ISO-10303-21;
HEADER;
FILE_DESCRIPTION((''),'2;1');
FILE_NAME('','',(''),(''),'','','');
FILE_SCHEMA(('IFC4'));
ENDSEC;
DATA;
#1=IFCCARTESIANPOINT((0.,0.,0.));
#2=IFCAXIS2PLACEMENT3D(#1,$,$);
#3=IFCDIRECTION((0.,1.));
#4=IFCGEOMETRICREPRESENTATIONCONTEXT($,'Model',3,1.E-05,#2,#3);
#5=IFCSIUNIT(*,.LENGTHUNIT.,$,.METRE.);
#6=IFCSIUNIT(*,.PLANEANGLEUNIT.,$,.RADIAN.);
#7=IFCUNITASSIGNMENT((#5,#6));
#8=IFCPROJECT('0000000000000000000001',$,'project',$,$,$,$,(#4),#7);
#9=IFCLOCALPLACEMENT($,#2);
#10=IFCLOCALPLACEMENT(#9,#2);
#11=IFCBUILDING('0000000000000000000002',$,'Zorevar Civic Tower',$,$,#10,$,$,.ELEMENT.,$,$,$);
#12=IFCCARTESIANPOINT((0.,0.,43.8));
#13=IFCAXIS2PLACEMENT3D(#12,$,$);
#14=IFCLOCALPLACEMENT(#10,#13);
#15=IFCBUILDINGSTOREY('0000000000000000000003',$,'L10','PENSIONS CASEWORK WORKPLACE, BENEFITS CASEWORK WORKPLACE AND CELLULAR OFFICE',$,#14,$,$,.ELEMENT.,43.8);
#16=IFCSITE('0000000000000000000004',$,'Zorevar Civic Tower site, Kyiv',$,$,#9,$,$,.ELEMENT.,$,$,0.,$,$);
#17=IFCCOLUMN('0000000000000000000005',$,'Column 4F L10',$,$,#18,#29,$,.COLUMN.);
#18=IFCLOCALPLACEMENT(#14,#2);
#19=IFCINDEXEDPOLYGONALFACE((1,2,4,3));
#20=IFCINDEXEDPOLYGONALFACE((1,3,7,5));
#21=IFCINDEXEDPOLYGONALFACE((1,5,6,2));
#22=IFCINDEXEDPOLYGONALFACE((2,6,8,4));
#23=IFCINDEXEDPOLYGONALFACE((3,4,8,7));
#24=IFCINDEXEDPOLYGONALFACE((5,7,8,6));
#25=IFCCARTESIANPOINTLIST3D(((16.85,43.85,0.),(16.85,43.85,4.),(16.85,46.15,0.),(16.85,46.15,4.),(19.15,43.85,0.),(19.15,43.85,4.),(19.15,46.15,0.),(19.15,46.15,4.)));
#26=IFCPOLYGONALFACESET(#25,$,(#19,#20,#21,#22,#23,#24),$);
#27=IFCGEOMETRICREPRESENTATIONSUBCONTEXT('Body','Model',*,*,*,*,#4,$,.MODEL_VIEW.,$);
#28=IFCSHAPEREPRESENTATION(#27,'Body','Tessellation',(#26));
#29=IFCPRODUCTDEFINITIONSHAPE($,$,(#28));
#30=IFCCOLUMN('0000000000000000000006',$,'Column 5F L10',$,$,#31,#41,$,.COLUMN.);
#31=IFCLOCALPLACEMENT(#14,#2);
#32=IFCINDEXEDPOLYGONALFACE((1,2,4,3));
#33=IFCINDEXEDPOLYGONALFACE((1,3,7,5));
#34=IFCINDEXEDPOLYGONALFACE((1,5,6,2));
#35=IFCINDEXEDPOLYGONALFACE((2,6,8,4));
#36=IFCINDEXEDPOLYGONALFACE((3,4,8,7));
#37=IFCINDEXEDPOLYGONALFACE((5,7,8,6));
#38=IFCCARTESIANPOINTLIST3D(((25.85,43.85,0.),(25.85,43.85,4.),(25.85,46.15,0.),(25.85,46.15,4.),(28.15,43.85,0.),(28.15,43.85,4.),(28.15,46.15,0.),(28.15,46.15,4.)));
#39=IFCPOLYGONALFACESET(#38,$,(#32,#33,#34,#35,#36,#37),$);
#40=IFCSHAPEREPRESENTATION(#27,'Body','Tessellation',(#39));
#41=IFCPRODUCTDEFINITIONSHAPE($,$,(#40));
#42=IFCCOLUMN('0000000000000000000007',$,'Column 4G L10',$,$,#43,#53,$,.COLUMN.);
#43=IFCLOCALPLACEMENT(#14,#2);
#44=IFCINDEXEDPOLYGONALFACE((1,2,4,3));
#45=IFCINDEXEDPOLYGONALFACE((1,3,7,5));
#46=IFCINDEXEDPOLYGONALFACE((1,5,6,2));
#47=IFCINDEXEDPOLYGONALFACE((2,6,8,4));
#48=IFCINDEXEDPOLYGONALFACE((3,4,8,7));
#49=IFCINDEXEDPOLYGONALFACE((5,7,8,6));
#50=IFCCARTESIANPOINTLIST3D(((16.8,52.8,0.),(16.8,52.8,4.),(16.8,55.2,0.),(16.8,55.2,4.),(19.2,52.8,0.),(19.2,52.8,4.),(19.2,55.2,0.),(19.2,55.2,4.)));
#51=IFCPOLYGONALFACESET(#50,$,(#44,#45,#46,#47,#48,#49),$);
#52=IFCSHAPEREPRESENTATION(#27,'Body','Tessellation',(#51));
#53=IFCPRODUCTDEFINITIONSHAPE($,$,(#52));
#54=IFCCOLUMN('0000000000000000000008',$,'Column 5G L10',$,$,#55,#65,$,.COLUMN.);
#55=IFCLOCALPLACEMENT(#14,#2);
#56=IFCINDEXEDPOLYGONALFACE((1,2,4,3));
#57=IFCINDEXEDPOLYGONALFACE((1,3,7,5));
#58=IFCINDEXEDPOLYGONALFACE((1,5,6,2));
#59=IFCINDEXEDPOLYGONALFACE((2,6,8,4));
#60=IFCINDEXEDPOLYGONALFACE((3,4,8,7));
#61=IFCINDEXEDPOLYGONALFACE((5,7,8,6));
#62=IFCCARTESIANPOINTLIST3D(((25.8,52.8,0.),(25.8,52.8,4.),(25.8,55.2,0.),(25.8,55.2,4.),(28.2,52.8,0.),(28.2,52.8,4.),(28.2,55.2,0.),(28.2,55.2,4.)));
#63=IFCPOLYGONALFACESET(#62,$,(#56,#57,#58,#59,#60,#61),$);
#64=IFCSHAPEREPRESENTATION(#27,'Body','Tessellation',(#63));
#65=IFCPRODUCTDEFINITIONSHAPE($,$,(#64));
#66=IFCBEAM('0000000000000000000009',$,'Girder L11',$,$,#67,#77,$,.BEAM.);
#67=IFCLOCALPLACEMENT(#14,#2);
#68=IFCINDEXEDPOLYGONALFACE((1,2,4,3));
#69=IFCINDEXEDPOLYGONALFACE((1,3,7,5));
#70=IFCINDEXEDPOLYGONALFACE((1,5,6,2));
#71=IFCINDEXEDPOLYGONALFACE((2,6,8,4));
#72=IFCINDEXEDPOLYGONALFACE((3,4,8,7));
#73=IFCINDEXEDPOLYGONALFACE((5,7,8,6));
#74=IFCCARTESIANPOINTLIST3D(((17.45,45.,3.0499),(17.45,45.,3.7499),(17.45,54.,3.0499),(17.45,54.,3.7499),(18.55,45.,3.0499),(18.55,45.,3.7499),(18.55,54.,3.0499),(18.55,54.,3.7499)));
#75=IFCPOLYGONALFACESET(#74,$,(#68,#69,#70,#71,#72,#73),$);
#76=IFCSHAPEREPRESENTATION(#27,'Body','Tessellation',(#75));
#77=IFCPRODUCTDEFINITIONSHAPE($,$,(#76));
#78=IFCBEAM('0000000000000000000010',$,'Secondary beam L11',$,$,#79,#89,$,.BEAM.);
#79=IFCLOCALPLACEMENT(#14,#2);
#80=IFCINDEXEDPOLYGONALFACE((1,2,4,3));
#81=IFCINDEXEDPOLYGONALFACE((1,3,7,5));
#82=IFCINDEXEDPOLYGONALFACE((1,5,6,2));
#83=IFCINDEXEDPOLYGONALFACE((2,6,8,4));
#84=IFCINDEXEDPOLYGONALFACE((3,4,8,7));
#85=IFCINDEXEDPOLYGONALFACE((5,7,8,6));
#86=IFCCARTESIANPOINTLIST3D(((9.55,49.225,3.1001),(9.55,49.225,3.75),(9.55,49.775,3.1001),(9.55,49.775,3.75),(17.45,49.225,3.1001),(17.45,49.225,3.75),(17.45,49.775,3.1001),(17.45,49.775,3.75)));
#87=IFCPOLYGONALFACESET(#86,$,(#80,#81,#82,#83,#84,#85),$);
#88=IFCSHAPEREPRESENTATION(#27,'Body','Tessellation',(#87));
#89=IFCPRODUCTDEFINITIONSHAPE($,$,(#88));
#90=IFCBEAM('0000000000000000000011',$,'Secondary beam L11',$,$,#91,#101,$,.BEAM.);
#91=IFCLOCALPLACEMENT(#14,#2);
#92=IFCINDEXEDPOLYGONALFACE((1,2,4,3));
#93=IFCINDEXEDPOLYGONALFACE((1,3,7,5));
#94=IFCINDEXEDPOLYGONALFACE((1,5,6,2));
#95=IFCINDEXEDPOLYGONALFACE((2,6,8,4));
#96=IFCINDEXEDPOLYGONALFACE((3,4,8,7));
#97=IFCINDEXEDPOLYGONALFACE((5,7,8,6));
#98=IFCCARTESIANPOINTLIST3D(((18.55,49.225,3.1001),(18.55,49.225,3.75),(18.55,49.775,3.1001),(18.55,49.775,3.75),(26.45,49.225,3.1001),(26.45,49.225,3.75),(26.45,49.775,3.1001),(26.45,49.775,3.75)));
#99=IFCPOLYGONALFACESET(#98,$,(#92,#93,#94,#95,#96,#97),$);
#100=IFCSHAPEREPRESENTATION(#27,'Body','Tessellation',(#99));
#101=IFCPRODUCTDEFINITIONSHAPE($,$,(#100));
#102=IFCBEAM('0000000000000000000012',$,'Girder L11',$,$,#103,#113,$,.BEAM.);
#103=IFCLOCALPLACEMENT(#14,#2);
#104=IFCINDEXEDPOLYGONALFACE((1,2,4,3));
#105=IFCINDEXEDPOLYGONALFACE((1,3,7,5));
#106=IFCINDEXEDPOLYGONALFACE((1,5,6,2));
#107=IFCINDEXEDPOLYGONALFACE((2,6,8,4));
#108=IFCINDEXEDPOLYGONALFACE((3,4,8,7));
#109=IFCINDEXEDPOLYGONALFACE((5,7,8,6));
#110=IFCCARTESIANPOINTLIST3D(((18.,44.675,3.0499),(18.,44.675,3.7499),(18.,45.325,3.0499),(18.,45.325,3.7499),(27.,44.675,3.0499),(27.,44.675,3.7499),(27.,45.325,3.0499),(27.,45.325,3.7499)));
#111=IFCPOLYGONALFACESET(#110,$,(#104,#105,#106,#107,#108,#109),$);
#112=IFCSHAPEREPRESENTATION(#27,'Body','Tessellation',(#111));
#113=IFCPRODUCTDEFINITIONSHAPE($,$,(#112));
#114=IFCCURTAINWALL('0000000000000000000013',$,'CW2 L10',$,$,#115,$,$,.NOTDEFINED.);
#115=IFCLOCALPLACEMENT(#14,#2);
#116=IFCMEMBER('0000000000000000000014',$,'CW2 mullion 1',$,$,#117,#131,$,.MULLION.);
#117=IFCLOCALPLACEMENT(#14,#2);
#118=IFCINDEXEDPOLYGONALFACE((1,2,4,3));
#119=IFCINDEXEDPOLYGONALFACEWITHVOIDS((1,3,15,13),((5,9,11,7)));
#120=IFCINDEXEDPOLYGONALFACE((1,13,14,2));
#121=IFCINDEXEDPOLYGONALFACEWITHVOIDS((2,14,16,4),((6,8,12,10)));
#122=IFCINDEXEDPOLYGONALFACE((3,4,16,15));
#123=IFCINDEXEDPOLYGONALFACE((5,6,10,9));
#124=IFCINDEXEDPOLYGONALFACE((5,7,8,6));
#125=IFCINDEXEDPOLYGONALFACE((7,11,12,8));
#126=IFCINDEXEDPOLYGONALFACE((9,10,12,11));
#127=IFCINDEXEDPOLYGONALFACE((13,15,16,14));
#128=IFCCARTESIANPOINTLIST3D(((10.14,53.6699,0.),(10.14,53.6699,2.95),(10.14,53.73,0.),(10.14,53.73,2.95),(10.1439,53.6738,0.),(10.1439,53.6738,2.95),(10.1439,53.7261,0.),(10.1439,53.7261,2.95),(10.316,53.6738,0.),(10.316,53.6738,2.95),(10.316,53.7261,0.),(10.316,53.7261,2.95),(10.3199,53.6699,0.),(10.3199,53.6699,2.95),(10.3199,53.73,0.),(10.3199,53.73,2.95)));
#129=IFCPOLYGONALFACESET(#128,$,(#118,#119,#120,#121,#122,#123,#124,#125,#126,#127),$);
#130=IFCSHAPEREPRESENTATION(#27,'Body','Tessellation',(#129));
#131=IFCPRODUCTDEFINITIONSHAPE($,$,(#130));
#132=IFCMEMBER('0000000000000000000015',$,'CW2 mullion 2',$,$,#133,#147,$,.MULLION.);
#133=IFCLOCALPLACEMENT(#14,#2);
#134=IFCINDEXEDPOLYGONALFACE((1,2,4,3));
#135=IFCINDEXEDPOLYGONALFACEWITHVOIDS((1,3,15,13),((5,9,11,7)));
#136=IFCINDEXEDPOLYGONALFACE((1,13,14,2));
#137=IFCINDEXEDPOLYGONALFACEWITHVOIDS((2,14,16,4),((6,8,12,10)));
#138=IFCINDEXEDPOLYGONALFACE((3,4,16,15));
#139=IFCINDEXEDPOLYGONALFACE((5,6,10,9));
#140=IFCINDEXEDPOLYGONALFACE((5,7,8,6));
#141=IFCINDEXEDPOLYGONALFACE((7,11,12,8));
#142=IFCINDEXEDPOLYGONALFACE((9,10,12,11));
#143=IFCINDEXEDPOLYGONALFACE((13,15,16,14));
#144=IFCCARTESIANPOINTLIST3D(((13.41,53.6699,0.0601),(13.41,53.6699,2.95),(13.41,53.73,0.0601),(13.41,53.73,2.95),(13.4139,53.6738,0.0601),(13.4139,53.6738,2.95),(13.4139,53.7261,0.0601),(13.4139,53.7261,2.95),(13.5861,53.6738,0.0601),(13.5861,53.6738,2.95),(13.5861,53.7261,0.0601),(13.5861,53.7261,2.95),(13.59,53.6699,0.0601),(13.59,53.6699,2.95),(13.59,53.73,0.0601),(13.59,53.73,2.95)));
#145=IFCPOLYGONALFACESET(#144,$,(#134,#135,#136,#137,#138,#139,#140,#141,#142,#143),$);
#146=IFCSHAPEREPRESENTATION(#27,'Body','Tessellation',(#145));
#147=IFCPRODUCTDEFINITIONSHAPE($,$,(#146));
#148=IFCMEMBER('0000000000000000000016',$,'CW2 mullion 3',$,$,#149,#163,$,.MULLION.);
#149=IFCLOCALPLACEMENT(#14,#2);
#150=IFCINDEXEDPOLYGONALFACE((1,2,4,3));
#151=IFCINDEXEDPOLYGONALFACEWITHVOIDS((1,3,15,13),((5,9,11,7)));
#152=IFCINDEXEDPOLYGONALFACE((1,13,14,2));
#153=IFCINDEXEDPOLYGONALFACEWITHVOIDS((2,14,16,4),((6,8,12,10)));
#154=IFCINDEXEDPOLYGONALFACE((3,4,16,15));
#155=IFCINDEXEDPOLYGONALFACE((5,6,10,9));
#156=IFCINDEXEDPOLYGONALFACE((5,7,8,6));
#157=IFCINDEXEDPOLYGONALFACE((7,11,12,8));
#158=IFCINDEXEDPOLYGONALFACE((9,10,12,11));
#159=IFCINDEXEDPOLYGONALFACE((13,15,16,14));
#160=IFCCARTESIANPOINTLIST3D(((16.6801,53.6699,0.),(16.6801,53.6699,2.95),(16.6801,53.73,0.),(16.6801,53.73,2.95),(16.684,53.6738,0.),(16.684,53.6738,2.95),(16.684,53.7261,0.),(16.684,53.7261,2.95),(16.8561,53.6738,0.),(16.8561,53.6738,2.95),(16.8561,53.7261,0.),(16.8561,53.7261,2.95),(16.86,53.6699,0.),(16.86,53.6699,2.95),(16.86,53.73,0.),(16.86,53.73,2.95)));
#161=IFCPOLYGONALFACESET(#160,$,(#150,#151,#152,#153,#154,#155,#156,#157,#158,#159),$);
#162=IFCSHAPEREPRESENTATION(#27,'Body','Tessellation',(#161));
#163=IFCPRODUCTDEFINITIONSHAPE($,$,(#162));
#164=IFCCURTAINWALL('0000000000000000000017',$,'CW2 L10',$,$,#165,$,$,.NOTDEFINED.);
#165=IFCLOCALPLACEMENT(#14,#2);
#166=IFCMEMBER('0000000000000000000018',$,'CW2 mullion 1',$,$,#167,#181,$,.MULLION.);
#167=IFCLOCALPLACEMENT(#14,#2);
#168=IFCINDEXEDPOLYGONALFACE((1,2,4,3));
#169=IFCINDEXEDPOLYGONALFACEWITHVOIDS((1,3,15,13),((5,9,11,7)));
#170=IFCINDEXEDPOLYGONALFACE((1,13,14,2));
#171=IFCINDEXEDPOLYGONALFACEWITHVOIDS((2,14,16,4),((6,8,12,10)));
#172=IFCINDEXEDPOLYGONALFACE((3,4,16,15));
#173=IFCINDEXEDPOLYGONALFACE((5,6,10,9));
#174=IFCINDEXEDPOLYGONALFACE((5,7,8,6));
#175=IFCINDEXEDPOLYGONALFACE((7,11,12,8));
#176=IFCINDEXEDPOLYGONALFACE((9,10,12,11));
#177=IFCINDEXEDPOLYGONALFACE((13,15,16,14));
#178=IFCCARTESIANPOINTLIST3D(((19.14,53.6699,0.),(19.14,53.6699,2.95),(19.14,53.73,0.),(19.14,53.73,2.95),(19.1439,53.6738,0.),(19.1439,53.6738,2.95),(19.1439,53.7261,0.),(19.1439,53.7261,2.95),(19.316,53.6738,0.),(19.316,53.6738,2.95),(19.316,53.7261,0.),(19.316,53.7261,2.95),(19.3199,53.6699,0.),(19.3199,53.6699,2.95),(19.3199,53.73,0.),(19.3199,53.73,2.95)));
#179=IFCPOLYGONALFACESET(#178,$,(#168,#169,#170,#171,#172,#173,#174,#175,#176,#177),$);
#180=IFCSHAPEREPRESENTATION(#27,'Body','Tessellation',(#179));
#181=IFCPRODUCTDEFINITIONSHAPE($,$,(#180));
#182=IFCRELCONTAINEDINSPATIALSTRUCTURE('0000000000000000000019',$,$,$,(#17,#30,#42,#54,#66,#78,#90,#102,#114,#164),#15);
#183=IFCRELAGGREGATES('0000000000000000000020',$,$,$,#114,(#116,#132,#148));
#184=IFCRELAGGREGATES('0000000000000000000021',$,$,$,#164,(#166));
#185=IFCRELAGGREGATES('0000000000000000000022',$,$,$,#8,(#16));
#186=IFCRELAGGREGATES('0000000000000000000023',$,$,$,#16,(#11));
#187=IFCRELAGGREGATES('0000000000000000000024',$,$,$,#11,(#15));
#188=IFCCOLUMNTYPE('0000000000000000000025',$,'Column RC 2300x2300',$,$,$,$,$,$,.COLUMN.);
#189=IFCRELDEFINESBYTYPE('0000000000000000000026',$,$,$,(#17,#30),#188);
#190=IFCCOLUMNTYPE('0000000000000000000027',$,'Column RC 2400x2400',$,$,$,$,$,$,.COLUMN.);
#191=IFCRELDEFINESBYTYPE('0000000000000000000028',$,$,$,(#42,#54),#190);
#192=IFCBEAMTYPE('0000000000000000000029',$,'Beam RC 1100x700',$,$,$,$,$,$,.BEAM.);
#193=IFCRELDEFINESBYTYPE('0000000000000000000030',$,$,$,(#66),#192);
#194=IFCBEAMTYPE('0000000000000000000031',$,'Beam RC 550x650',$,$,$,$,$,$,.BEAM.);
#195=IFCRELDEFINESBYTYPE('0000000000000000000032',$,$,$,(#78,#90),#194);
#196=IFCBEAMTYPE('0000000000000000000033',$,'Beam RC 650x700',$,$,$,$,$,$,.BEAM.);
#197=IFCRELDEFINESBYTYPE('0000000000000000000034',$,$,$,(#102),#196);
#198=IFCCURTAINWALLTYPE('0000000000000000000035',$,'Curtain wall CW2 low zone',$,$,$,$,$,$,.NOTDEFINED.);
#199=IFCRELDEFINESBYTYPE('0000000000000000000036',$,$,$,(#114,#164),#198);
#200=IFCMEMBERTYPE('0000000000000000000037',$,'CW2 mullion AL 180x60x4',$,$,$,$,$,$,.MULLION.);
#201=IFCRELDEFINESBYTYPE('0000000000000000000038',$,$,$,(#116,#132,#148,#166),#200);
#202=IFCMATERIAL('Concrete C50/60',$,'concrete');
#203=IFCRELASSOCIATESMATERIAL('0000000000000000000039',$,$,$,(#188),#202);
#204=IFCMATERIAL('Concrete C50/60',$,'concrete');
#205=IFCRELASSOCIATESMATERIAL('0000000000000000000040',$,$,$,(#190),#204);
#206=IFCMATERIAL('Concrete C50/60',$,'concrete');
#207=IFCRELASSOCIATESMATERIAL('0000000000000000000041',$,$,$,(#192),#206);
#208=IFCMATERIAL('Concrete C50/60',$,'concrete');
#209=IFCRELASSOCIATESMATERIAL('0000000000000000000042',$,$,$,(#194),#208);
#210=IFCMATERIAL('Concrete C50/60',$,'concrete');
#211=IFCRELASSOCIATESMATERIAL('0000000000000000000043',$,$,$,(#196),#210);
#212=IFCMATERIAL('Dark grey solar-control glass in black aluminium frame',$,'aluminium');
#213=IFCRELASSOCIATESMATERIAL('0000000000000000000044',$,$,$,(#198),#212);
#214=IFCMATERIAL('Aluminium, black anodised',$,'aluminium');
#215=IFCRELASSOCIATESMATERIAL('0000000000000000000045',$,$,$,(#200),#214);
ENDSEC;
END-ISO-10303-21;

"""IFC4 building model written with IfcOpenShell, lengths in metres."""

from ifc_helpers import new_model, si_unit, direction, frame, origin, origin_2d, place, context, subcontext, project, spatial, rectangle, hollow_rectangle, extrude, material, material_profile, profile_set, type_object, element, aggregate, save


model = new_model("IFC4")

# Units and contexts
model_context = context("Model", 3, precision=1e-05, world=origin(), true_north=direction((0.0, 1.0)))
body_context = subcontext(model_context, "Body", "Model", "MODEL_VIEW")
ifc_project = project(units=[si_unit("LENGTHUNIT", "METRE"), si_unit("PLANEANGLEUNIT", "RADIAN")], contexts=[model_context])

# Site, building, storey
site_placement = place(None, origin())
site = spatial("IfcSite", under=ifc_project, at=site_placement, Name="Zorevar Civic Tower site, Kyiv", CompositionType="ELEMENT", RefElevation=0.0)
building_placement = place(site_placement, origin())
building = spatial("IfcBuilding", under=site, at=building_placement, Name="Zorevar Civic Tower", CompositionType="ELEMENT")
storey_placement = place(building_placement, frame((0.0, 0.0, 43.8)))
storey = spatial("IfcBuildingStorey", under=building, at=storey_placement, Name="L10", Description="PENSIONS CASEWORK WORKPLACE, BENEFITS CASEWORK WORKPLACE AND CELLULAR OFFICE", CompositionType="ELEMENT", Elevation=43.8)

# Columns
ifc_material_1 = material(Name="Concrete C50/60", Category="concrete")
ifc_material_profile_1 = material_profile(ifc_material_1, rectangle(XDim=2.3, YDim=2.3, at=origin_2d()), Name="RC 2300x2300")
ifc_profile_set_1 = profile_set([ifc_material_profile_1], Name="Concrete C50/60")
column_type_1 = type_object("IfcColumnType", Name="Column RC 2300x2300", PredefinedType="COLUMN", material=ifc_profile_set_1)
for number, where, z_axis, x_axis, name in (
    (1, (18.0, 45.0, 0.0), (0.0, 0.0, 1.0), (1.0, 0.0, 0.0), "Column 4F L10"),
    (2, (27.0, 45.0, 0.0), (0.0, 0.0, 1.0), (1.0, 0.0, 0.0), "Column 5F L10"),
):
    element("IfcColumn", number, at=place(storey_placement, frame(where, z_axis=z_axis, x_axis=x_axis)), inside=storey, type_object=column_type_1, Name=name, PredefinedType="COLUMN", context=body_context, shape_type="SweptSolid", body=[
        extrude(rectangle(XDim=2.3, YDim=2.3, at=origin_2d()), origin(), (0.0, 0.0, 1.0), 4.0),
    ])
ifc_material_2 = material(Name="Concrete C50/60", Category="concrete")
ifc_material_profile_2 = material_profile(ifc_material_2, rectangle(XDim=2.3999, YDim=2.3999, at=origin_2d()), Name="RC 2400x2400")
ifc_profile_set_2 = profile_set([ifc_material_profile_2], Name="Concrete C50/60")
column_type_2 = type_object("IfcColumnType", Name="Column RC 2400x2400", PredefinedType="COLUMN", material=ifc_profile_set_2)
for number, where, z_axis, x_axis, name in (
    (3, (18.0, 54.0, 0.0), (0.0, 0.0, 1.0), (1.0, 0.0, 0.0), "Column 4G L10"),
    (4, (27.0, 54.0, 0.0), (0.0, 0.0, 1.0), (1.0, 0.0, 0.0), "Column 5G L10"),
):
    element("IfcColumn", number, at=place(storey_placement, frame(where, z_axis=z_axis, x_axis=x_axis)), inside=storey, type_object=column_type_2, Name=name, PredefinedType="COLUMN", context=body_context, shape_type="SweptSolid", body=[
        extrude(rectangle(XDim=2.3999, YDim=2.3999, at=origin_2d()), origin(), (0.0, 0.0, 1.0), 4.0),
    ])

# Beams
ifc_material_3 = material(Name="Concrete C50/60", Category="concrete")
ifc_material_profile_3 = material_profile(ifc_material_3, rectangle(XDim=1.1001, YDim=0.7, at=origin_2d()), Name="RC 1100x700")
ifc_profile_set_3 = profile_set([ifc_material_profile_3], Name="Concrete C50/60")
beam_type_1 = type_object("IfcBeamType", Name="Beam RC 1100x700", PredefinedType="BEAM", material=ifc_profile_set_3)
beam_1_placement = place(storey_placement, frame((18.0, 45.0, 3.3999), z_axis=(0.0, 1.0, 0.0), x_axis=(-1.0, 0.0, 0.0)))
element("IfcBeam", 5, at=beam_1_placement, inside=storey, type_object=beam_type_1, Name="Girder L11", PredefinedType="BEAM", context=body_context, shape_type="SweptSolid", body=[
    extrude(rectangle(XDim=1.1001, YDim=0.7, at=origin_2d()), origin(), (0.0, 0.0, 1.0), 9.0),
])
ifc_material_4 = material(Name="Concrete C50/60", Category="concrete")
ifc_material_profile_4 = material_profile(ifc_material_4, rectangle(XDim=0.55, YDim=0.6499, at=origin_2d()), Name="RC 550x650")
ifc_profile_set_4 = profile_set([ifc_material_profile_4], Name="Concrete C50/60")
beam_type_2 = type_object("IfcBeamType", Name="Beam RC 550x650", PredefinedType="BEAM", material=ifc_profile_set_4)
for number, where, z_axis, x_axis, name in (
    (6, (9.55, 49.5, 3.425), (1.0, 0.0, 0.0), (0.0, 1.0, 0.0), "Secondary beam L11"),
    (7, (18.55, 49.5, 3.425), (1.0, 0.0, 0.0), (0.0, 1.0, 0.0), "Secondary beam L11"),
):
    element("IfcBeam", number, at=place(storey_placement, frame(where, z_axis=z_axis, x_axis=x_axis)), inside=storey, type_object=beam_type_2, Name=name, PredefinedType="BEAM", context=body_context, shape_type="SweptSolid", body=[
        extrude(rectangle(XDim=0.55, YDim=0.6499, at=origin_2d()), origin(), (0.0, 0.0, 1.0), 7.8999),
    ])
ifc_material_5 = material(Name="Concrete C50/60", Category="concrete")
ifc_material_profile_5 = material_profile(ifc_material_5, rectangle(XDim=0.6499, YDim=0.7, at=origin_2d()), Name="RC 650x700")
ifc_profile_set_5 = profile_set([ifc_material_profile_5], Name="Concrete C50/60")
beam_type_3 = type_object("IfcBeamType", Name="Beam RC 650x700", PredefinedType="BEAM", material=ifc_profile_set_5)
beam_2_placement = place(storey_placement, frame((18.0, 45.0, 3.3999), z_axis=(1.0, 0.0, 0.0), x_axis=(0.0, 1.0, 0.0)))
element("IfcBeam", 8, at=beam_2_placement, inside=storey, type_object=beam_type_3, Name="Girder L11", PredefinedType="BEAM", context=body_context, shape_type="SweptSolid", body=[
    extrude(rectangle(XDim=0.6499, YDim=0.7, at=origin_2d()), origin(), (0.0, 0.0, 1.0), 9.0),
])

# Curtain walls, members
ifc_material_6 = material(Name="Dark grey solar-control glass in black aluminium frame", Category="aluminium")
curtain_wall_type = type_object("IfcCurtainWallType", Name="Curtain wall CW2 low zone", PredefinedType="NOTDEFINED", material=ifc_material_6)
curtain_wall_1_placement = place(storey_placement, origin())
curtain_wall_1 = element("IfcCurtainWall", 9, at=curtain_wall_1_placement, inside=storey, type_object=curtain_wall_type, Name="CW2 L10", PredefinedType="NOTDEFINED")
ifc_material_7 = material(Name="Aluminium, black anodised", Category="aluminium")
ifc_material_profile_6 = material_profile(ifc_material_7, hollow_rectangle(XDim=0.0601, YDim=0.1799, WallThickness=0.0039, at=origin_2d()), Name="AL 180x60x4")
ifc_profile_set_6 = profile_set([ifc_material_profile_6], Name="Aluminium, black anodised")
member_type_1 = type_object("IfcMemberType", Name="CW2 mullion AL 180x60x4", PredefinedType="MULLION", material=ifc_profile_set_6)
member_1_placement = place(storey_placement, frame((10.23, 53.7, 0.0), z_axis=(0.0, 0.0, 1.0), x_axis=(0.0, 1.0, 0.0)))
member_1 = element("IfcMember", 10, at=member_1_placement, type_object=member_type_1, Name="CW2 mullion 1", PredefinedType="MULLION", context=body_context, shape_type="SweptSolid", body=[
    extrude(hollow_rectangle(XDim=0.0601, YDim=0.1799, WallThickness=0.0039, at=origin_2d()), origin(), (0.0, 0.0, 1.0), 2.95),
])
member_2_placement = place(storey_placement, frame((13.5, 53.7, 0.0601), z_axis=(0.0, 0.0, 1.0), x_axis=(0.0, 1.0, 0.0)))
member_2 = element("IfcMember", 11, at=member_2_placement, type_object=member_type_1, Name="CW2 mullion 2", PredefinedType="MULLION", context=body_context, shape_type="SweptSolid", body=[
    extrude(hollow_rectangle(XDim=0.0601, YDim=0.1799, WallThickness=0.0039, at=origin_2d()), origin(), (0.0, 0.0, 1.0), 2.8899),
])
member_3_placement = place(storey_placement, frame((16.77, 53.7, 0.0), z_axis=(0.0, 0.0, 1.0), x_axis=(0.0, 1.0, 0.0)))
member_3 = element("IfcMember", 12, at=member_3_placement, type_object=member_type_1, Name="CW2 mullion 3", PredefinedType="MULLION", context=body_context, shape_type="SweptSolid", body=[
    extrude(hollow_rectangle(XDim=0.0601, YDim=0.1799, WallThickness=0.0039, at=origin_2d()), origin(), (0.0, 0.0, 1.0), 2.95),
])
curtain_wall_2_placement = place(storey_placement, origin())
curtain_wall_2 = element("IfcCurtainWall", 13, at=curtain_wall_2_placement, inside=storey, type_object=curtain_wall_type, Name="CW2 L10", PredefinedType="NOTDEFINED")
member_4_placement = place(storey_placement, frame((19.23, 53.7, 0.0), z_axis=(0.0, 0.0, 1.0), x_axis=(0.0, 1.0, 0.0)))
member_4 = element("IfcMember", 14, at=member_4_placement, type_object=member_type_1, Name="CW2 mullion 1", PredefinedType="MULLION", context=body_context, shape_type="SweptSolid", body=[
    extrude(hollow_rectangle(XDim=0.0601, YDim=0.1799, WallThickness=0.0039, at=origin_2d()), origin(), (0.0, 0.0, 1.0), 2.95),
])

aggregate(curtain_wall_1, [member_1, member_2, member_3])
aggregate(curtain_wall_2, [member_4])

save(model, "model.ifc")
